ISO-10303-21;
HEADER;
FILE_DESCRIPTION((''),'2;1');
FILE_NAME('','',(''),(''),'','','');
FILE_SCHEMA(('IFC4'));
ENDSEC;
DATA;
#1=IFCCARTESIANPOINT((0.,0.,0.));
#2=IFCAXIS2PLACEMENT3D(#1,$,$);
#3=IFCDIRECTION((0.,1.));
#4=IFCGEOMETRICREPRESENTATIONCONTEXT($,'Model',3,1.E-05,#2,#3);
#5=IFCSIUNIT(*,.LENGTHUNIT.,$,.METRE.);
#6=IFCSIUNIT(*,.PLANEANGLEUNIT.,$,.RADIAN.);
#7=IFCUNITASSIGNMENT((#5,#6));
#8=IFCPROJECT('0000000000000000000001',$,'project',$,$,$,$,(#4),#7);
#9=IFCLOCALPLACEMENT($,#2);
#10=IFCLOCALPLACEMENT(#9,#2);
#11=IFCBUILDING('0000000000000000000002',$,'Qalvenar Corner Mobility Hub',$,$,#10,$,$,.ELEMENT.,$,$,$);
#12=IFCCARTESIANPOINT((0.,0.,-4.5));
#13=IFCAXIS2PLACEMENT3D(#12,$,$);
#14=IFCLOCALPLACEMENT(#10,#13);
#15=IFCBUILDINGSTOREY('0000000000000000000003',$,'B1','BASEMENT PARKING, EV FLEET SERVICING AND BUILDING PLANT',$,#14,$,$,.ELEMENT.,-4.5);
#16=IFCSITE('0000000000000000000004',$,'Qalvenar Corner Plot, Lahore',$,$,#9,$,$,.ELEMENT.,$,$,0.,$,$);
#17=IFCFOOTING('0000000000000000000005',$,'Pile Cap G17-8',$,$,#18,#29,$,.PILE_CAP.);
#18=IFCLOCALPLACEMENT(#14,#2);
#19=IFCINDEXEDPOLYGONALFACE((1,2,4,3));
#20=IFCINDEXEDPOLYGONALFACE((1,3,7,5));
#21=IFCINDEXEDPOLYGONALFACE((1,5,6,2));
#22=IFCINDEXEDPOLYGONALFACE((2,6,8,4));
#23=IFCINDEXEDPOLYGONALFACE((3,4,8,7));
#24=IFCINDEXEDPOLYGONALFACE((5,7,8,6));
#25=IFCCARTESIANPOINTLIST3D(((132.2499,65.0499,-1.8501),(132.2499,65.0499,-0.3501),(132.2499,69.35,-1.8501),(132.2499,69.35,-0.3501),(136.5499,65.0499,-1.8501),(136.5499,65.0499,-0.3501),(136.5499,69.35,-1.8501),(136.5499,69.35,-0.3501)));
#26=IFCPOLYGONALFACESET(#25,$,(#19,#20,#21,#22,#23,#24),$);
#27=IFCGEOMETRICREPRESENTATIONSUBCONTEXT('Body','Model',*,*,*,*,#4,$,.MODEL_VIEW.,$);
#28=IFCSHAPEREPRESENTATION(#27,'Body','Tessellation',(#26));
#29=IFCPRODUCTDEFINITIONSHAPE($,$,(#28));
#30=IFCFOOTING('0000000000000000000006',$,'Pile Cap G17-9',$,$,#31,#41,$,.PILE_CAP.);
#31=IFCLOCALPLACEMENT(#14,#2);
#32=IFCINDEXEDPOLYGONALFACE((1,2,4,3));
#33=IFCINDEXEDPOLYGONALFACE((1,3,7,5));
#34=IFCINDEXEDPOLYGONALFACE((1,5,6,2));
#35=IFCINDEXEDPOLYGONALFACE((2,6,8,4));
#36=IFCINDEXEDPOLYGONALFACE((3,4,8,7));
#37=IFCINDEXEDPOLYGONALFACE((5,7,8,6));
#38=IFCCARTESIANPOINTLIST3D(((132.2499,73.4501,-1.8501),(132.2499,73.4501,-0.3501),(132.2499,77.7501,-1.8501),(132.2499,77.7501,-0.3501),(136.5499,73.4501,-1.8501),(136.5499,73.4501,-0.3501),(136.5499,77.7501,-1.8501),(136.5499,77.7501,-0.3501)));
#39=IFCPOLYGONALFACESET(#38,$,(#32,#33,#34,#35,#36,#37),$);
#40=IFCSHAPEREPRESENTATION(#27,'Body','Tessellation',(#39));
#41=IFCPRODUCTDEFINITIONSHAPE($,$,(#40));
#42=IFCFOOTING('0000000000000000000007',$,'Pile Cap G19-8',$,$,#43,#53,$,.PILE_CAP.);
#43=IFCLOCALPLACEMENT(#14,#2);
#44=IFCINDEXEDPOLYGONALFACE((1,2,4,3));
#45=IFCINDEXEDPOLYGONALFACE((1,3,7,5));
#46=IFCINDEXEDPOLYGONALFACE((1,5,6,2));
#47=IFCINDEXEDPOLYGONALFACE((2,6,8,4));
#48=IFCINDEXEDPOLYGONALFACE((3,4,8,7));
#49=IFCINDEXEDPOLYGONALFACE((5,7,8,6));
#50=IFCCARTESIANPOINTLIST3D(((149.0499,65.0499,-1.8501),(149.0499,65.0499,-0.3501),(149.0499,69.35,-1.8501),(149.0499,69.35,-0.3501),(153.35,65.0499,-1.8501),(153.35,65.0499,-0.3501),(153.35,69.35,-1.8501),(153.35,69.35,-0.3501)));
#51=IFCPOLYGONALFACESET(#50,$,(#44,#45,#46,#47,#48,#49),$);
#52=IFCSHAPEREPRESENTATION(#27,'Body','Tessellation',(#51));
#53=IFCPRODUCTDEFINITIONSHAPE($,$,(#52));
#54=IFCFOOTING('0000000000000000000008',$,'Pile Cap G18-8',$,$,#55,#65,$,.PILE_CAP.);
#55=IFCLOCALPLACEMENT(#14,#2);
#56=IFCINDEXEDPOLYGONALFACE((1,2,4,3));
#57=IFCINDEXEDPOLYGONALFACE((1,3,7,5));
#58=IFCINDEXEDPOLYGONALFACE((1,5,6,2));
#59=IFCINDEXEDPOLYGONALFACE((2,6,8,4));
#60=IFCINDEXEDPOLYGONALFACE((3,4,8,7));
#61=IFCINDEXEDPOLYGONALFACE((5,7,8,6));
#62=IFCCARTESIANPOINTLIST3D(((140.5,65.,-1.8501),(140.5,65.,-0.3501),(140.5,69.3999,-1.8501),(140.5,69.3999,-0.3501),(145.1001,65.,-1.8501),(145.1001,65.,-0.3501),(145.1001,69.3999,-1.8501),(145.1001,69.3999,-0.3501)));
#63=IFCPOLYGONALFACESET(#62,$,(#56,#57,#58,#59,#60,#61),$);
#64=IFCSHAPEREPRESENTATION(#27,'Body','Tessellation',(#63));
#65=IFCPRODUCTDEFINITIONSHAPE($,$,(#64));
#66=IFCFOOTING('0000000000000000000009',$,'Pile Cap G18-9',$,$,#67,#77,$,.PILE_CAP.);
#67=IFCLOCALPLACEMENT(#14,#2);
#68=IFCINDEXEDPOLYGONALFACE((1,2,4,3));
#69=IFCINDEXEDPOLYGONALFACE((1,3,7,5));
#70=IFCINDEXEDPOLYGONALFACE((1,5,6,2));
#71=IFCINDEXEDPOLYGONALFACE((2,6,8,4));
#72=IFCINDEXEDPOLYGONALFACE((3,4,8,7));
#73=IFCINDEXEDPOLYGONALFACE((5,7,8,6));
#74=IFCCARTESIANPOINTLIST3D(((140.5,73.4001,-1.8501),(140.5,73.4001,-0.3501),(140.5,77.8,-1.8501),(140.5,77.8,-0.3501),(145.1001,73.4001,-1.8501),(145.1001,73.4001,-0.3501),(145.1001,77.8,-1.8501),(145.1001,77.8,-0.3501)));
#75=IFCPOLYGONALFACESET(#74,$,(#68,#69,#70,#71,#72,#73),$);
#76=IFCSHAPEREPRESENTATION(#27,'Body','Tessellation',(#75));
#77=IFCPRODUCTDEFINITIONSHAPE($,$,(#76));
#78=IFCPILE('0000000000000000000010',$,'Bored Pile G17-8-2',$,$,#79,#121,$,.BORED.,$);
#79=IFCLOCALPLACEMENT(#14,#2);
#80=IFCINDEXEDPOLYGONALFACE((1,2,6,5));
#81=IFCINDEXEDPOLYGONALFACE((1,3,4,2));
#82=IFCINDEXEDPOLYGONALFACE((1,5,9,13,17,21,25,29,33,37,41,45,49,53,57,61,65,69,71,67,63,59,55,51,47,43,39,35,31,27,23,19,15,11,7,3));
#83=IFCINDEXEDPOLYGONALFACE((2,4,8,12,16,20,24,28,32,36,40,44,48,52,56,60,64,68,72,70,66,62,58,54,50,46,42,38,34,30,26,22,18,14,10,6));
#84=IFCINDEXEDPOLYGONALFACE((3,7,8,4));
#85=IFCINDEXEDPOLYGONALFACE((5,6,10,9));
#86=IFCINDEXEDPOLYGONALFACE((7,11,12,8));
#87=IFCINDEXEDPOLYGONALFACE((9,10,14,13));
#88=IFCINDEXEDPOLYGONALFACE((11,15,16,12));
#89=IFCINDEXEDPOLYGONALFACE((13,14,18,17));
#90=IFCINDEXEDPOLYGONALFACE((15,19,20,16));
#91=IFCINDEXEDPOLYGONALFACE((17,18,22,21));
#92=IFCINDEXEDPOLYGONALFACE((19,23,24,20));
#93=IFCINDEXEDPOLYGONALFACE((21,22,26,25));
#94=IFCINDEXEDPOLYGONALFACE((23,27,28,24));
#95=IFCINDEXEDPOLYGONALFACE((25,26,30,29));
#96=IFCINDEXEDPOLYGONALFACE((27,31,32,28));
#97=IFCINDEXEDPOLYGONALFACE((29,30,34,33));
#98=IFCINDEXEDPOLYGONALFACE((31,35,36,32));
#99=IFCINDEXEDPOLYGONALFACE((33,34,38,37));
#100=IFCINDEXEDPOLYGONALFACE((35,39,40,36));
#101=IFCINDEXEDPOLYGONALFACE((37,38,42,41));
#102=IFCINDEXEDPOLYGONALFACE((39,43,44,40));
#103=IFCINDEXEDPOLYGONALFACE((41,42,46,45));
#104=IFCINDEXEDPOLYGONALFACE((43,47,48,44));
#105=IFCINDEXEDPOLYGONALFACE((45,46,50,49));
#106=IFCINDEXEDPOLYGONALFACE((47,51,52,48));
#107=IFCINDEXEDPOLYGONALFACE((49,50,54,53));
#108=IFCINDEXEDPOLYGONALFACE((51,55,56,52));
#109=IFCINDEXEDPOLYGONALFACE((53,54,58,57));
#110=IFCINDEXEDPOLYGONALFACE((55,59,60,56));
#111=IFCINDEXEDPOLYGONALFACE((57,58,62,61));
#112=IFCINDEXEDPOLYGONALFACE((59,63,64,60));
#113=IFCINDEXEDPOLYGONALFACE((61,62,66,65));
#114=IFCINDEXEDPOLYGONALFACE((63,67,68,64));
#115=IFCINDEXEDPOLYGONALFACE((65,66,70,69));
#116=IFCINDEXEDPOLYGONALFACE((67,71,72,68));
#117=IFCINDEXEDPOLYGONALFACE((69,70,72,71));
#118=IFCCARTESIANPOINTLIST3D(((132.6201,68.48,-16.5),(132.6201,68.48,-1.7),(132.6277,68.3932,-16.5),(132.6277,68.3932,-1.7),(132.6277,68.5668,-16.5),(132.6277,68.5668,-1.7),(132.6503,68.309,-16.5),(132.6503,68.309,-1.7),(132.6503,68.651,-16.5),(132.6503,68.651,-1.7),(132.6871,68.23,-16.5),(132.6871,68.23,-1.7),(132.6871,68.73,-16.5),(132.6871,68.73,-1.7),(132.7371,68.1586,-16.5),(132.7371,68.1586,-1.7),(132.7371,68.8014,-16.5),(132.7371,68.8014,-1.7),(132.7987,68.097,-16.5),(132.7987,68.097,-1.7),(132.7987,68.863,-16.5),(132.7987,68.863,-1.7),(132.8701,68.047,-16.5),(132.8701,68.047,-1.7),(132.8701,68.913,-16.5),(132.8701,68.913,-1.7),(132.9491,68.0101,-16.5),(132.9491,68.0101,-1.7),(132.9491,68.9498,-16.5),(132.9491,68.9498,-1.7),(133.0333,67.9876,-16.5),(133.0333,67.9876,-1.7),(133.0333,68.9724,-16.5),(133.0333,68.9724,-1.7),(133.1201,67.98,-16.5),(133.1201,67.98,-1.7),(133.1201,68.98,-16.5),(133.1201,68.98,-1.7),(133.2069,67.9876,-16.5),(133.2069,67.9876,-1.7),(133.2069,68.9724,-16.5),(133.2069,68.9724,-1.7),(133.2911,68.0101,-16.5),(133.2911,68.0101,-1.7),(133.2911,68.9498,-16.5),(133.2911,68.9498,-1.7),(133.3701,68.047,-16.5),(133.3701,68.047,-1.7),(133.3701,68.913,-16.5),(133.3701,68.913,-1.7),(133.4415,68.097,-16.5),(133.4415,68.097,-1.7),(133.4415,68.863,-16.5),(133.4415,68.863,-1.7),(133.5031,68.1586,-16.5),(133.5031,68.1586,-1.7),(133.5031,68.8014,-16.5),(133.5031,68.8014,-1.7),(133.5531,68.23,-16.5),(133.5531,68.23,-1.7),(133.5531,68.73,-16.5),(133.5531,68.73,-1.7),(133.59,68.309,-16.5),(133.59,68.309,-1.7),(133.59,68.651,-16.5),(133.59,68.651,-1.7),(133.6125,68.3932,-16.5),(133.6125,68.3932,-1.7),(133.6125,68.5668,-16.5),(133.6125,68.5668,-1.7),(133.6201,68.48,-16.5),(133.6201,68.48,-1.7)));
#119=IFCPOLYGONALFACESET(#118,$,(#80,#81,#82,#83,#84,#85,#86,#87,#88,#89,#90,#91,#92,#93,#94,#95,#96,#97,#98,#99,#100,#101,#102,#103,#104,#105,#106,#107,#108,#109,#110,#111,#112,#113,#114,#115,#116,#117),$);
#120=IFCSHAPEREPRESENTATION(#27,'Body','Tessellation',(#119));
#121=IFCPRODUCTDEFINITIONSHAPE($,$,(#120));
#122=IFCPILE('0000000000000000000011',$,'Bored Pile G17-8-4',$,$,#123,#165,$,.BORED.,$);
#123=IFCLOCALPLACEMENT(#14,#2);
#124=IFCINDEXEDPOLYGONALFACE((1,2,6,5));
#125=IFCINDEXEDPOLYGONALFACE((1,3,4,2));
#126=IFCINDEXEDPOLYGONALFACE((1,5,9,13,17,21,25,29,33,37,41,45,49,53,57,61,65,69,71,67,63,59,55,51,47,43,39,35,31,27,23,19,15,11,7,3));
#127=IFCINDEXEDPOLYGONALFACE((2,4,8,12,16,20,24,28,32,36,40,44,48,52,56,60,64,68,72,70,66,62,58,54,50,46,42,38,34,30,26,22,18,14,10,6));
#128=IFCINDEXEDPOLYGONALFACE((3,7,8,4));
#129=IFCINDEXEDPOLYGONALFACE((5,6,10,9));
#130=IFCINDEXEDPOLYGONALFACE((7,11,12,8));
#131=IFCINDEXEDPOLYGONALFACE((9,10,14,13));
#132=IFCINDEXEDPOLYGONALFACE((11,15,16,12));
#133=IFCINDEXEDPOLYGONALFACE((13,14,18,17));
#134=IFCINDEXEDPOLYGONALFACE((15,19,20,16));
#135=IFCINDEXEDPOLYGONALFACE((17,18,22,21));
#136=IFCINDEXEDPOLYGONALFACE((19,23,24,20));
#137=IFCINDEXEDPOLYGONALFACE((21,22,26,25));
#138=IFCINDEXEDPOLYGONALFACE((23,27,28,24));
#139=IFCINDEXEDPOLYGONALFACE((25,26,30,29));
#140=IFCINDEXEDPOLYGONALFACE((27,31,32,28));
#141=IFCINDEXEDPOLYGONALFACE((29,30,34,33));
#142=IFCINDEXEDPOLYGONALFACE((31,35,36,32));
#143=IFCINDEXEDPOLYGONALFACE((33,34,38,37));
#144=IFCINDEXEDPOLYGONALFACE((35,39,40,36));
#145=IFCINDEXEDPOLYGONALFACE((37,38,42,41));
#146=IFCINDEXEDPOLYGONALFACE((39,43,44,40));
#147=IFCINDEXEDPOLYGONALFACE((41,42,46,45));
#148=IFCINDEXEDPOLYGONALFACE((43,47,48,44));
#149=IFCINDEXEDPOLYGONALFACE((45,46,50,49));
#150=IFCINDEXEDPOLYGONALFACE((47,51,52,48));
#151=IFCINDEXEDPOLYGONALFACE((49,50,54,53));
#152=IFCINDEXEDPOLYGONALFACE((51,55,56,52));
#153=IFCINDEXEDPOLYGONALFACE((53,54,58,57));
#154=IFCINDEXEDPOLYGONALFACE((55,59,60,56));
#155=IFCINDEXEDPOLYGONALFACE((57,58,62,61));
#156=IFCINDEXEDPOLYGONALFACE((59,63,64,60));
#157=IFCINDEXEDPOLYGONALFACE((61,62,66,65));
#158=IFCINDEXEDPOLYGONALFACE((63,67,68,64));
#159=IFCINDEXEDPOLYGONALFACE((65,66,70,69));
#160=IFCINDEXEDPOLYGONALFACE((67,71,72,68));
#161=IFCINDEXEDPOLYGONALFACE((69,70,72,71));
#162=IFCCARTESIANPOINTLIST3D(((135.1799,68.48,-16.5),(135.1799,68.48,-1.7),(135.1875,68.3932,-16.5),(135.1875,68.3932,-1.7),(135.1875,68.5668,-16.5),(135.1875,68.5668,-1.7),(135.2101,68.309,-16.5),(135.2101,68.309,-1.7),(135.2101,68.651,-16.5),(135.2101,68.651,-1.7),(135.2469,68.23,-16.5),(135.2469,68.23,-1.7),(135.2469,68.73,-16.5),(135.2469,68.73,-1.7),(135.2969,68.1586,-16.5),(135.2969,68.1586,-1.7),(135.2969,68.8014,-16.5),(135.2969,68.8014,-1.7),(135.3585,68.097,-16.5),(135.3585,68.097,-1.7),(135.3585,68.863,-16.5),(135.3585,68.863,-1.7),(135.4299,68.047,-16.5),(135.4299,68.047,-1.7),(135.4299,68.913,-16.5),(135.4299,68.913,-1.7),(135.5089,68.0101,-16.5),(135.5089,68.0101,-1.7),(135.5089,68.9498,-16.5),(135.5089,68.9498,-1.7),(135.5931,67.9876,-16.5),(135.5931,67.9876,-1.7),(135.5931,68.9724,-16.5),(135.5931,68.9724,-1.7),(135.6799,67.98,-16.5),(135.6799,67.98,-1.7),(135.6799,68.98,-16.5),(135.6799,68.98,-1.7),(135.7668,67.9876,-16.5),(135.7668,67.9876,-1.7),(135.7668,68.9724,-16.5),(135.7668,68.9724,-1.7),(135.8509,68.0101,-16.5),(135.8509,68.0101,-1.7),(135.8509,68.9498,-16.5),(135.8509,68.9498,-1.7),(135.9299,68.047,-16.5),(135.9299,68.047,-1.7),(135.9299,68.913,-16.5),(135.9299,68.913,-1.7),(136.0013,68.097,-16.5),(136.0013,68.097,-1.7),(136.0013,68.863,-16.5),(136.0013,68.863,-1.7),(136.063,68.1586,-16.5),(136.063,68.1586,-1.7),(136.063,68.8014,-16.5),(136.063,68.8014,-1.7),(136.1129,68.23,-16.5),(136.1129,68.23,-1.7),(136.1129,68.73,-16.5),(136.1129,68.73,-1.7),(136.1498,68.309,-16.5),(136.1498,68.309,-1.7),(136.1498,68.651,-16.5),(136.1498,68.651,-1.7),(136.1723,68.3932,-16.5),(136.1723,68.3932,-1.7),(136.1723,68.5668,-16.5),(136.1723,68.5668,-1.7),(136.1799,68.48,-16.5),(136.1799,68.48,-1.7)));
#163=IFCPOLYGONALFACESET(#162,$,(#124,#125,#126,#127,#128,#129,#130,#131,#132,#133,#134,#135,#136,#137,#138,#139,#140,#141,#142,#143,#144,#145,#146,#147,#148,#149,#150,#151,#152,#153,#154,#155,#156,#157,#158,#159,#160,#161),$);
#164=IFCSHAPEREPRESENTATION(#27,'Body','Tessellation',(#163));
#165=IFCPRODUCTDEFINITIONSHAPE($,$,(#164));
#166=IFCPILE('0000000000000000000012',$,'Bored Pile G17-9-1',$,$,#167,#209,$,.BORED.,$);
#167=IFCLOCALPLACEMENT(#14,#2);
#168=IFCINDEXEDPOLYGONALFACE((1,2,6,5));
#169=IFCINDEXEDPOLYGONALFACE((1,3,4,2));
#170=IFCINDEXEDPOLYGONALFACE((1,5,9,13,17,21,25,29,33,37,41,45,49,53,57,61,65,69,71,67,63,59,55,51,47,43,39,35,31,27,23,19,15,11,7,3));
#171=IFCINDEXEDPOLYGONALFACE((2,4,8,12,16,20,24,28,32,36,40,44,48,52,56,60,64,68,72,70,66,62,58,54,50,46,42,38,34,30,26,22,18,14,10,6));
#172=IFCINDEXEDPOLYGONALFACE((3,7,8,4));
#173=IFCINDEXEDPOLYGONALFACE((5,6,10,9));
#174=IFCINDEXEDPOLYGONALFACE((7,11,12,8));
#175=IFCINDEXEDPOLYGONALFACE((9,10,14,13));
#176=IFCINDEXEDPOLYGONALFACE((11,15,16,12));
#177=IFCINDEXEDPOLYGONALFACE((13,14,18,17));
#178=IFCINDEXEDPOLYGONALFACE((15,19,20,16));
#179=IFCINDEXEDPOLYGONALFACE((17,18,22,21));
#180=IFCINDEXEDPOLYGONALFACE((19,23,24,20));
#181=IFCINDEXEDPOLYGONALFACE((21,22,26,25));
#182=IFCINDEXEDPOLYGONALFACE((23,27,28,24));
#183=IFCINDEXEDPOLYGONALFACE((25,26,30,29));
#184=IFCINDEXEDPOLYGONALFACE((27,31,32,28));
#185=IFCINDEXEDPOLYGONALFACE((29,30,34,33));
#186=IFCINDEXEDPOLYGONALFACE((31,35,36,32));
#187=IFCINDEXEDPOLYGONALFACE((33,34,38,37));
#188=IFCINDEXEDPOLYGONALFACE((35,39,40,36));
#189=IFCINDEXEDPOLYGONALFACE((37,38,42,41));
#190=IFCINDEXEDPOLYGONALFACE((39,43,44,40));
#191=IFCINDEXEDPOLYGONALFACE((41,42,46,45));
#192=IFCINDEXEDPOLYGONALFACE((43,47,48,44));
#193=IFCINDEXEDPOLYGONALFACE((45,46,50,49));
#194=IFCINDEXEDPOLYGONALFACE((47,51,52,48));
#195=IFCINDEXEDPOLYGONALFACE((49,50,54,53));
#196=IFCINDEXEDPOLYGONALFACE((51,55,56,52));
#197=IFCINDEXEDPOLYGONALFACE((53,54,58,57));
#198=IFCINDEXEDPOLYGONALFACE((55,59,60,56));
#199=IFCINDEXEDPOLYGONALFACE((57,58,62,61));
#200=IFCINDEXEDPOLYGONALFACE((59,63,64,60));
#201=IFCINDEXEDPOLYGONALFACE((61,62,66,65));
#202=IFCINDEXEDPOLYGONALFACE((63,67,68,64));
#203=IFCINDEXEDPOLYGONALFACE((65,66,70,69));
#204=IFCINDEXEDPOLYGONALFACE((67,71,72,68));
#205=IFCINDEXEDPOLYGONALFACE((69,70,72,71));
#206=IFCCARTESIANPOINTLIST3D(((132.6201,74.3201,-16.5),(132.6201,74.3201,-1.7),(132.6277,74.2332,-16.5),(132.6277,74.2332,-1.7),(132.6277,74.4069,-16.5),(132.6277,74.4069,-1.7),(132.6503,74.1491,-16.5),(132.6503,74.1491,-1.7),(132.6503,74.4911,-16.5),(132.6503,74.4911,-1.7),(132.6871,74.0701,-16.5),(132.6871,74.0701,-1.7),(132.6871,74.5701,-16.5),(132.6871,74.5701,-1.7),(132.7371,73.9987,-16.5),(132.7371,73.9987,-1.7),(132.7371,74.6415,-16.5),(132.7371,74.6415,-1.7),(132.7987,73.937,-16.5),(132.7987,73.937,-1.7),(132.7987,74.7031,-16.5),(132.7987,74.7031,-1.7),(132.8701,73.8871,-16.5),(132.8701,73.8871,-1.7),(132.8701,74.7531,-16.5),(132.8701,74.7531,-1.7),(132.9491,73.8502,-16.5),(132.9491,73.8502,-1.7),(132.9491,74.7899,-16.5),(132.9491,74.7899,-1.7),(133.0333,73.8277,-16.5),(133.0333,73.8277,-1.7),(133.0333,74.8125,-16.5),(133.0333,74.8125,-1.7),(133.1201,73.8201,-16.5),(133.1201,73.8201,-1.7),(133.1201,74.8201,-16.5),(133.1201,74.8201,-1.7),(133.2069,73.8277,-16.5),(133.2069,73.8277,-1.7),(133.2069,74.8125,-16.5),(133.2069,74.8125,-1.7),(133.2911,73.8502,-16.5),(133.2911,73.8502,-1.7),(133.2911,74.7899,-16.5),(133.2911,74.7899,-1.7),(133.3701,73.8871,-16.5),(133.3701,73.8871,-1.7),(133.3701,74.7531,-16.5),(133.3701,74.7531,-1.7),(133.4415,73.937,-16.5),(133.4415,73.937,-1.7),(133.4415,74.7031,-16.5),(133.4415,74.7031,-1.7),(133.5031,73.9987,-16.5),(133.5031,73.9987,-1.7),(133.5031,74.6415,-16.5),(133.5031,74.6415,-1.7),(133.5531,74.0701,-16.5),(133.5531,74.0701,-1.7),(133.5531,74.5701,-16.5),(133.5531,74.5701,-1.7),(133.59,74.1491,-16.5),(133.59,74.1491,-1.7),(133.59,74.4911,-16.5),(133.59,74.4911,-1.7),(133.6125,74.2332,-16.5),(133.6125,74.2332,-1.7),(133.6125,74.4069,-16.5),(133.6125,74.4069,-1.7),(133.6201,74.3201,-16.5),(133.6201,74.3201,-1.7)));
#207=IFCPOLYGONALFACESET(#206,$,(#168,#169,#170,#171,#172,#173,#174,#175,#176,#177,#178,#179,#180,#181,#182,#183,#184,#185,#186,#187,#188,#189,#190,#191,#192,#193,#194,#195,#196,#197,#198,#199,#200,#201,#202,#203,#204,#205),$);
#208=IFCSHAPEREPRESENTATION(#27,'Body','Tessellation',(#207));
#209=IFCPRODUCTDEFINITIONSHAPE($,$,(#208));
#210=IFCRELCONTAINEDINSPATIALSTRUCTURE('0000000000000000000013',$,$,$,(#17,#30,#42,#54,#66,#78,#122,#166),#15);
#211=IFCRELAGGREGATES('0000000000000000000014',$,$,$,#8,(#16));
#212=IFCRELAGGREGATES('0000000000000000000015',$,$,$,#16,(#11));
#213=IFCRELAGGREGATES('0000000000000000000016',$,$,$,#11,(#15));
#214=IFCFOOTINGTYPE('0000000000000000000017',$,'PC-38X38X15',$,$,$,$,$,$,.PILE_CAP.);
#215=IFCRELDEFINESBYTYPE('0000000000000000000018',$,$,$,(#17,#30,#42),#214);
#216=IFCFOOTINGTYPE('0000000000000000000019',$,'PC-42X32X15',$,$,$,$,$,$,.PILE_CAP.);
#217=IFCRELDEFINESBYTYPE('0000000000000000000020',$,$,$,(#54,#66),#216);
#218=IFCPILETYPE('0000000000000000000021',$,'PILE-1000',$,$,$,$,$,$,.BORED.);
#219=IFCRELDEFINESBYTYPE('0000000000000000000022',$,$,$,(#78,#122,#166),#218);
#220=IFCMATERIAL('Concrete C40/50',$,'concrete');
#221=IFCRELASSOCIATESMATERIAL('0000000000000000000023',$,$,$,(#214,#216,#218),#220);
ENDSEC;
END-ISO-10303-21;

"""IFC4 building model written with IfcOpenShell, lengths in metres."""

from ifc_helpers import new_model, si_unit, direction, frame, origin, origin_2d, place, context, subcontext, project, spatial, rectangle, circle, extrude, material, material_profile, profile_set, type_object, element, save


model = new_model("IFC4")

# Units and contexts
model_context = context("Model", 3, precision=1e-05, world=origin(), true_north=direction((0.0, 1.0)))
body_context = subcontext(model_context, "Body", "Model", "MODEL_VIEW")
ifc_project = project(units=[si_unit("LENGTHUNIT", "METRE"), si_unit("PLANEANGLEUNIT", "RADIAN")], contexts=[model_context])

# Site, building, storey
site_placement = place(None, origin())
site = spatial("IfcSite", under=ifc_project, at=site_placement, Name="Qalvenar Corner Plot, Lahore", CompositionType="ELEMENT", RefElevation=0.0)
building_placement = place(site_placement, origin())
building = spatial("IfcBuilding", under=site, at=building_placement, Name="Qalvenar Corner Mobility Hub", CompositionType="ELEMENT")
storey_placement = place(building_placement, frame((0.0, 0.0, -4.5)))
storey = spatial("IfcBuildingStorey", under=building, at=storey_placement, Name="B1", Description="BASEMENT PARKING, EV FLEET SERVICING AND BUILDING PLANT", CompositionType="ELEMENT", Elevation=-4.5)

# Footings
ifc_material_1 = material(Name="Concrete C40/50", Category="concrete")
footing_type_1 = type_object("IfcFootingType", Name="PC-38X38X15", PredefinedType="PILE_CAP", material=ifc_material_1)
for number, where, z_axis, x_axis, name in (
    (1, (134.3999, 67.2, -1.8501), (0.0, 0.0, 1.0), (1.0, 0.0, 0.0), "Pile Cap G17-8"),
    (2, (134.3999, 75.6001, -1.8501), (0.0, 0.0, 1.0), (1.0, 0.0, 0.0), "Pile Cap G17-9"),
    (3, (151.2, 67.2, -1.8501), (0.0, 0.0, 1.0), (1.0, 0.0, 0.0), "Pile Cap G19-8"),
):
    element("IfcFooting", number, at=place(storey_placement, frame(where, z_axis=z_axis, x_axis=x_axis)), inside=storey, type_object=footing_type_1, Name=name, PredefinedType="PILE_CAP", context=body_context, shape_type="SweptSolid", body=[
        extrude(rectangle(XDim=4.3, YDim=4.3, at=origin_2d()), origin(), (0.0, 0.0, 1.0), 1.5),
    ])
footing_type_2 = type_object("IfcFootingType", Name="PC-42X32X15", PredefinedType="PILE_CAP", material=ifc_material_1)
for number, where, z_axis, x_axis, name in (
    (4, (142.8, 67.2, -1.8501), (0.0, 0.0, 1.0), (1.0, 0.0, 0.0), "Pile Cap G18-8"),
    (5, (142.8, 75.6001, -1.8501), (0.0, 0.0, 1.0), (1.0, 0.0, 0.0), "Pile Cap G18-9"),
):
    element("IfcFooting", number, at=place(storey_placement, frame(where, z_axis=z_axis, x_axis=x_axis)), inside=storey, type_object=footing_type_2, Name=name, PredefinedType="PILE_CAP", context=body_context, shape_type="SweptSolid", body=[
        extrude(rectangle(XDim=4.6001, YDim=4.3999, at=origin_2d()), origin(), (0.0, 0.0, 1.0), 1.5),
    ])

# Piles
ifc_material_profile_1 = material_profile(ifc_material_1, circle(Radius=0.5, at=origin_2d()), Name="DIA1000")
ifc_profile_set_1 = profile_set([ifc_material_profile_1], Name="Concrete C40/50")
pile_type = type_object("IfcPileType", Name="PILE-1000", PredefinedType="BORED", material=ifc_profile_set_1)
for number, where, z_axis, x_axis, name in (
    (6, (133.1201, 68.48, -1.7), (0.0, 0.0, -1.0), (1.0, 0.0, 0.0), "Bored Pile G17-8-2"),
    (7, (135.6799, 68.48, -1.7), (0.0, 0.0, -1.0), (1.0, 0.0, 0.0), "Bored Pile G17-8-4"),
    (8, (133.1201, 74.3201, -1.7), (0.0, 0.0, -1.0), (1.0, 0.0, 0.0), "Bored Pile G17-9-1"),
):
    element("IfcPile", number, at=place(storey_placement, frame(where, z_axis=z_axis, x_axis=x_axis)), inside=storey, type_object=pile_type, Name=name, PredefinedType="BORED", context=body_context, shape_type="SweptSolid", body=[
        extrude(circle(Radius=0.5, at=origin_2d()), origin(), (0.0, 0.0, 1.0), 14.8),
    ])

save(model, "model.ifc")
